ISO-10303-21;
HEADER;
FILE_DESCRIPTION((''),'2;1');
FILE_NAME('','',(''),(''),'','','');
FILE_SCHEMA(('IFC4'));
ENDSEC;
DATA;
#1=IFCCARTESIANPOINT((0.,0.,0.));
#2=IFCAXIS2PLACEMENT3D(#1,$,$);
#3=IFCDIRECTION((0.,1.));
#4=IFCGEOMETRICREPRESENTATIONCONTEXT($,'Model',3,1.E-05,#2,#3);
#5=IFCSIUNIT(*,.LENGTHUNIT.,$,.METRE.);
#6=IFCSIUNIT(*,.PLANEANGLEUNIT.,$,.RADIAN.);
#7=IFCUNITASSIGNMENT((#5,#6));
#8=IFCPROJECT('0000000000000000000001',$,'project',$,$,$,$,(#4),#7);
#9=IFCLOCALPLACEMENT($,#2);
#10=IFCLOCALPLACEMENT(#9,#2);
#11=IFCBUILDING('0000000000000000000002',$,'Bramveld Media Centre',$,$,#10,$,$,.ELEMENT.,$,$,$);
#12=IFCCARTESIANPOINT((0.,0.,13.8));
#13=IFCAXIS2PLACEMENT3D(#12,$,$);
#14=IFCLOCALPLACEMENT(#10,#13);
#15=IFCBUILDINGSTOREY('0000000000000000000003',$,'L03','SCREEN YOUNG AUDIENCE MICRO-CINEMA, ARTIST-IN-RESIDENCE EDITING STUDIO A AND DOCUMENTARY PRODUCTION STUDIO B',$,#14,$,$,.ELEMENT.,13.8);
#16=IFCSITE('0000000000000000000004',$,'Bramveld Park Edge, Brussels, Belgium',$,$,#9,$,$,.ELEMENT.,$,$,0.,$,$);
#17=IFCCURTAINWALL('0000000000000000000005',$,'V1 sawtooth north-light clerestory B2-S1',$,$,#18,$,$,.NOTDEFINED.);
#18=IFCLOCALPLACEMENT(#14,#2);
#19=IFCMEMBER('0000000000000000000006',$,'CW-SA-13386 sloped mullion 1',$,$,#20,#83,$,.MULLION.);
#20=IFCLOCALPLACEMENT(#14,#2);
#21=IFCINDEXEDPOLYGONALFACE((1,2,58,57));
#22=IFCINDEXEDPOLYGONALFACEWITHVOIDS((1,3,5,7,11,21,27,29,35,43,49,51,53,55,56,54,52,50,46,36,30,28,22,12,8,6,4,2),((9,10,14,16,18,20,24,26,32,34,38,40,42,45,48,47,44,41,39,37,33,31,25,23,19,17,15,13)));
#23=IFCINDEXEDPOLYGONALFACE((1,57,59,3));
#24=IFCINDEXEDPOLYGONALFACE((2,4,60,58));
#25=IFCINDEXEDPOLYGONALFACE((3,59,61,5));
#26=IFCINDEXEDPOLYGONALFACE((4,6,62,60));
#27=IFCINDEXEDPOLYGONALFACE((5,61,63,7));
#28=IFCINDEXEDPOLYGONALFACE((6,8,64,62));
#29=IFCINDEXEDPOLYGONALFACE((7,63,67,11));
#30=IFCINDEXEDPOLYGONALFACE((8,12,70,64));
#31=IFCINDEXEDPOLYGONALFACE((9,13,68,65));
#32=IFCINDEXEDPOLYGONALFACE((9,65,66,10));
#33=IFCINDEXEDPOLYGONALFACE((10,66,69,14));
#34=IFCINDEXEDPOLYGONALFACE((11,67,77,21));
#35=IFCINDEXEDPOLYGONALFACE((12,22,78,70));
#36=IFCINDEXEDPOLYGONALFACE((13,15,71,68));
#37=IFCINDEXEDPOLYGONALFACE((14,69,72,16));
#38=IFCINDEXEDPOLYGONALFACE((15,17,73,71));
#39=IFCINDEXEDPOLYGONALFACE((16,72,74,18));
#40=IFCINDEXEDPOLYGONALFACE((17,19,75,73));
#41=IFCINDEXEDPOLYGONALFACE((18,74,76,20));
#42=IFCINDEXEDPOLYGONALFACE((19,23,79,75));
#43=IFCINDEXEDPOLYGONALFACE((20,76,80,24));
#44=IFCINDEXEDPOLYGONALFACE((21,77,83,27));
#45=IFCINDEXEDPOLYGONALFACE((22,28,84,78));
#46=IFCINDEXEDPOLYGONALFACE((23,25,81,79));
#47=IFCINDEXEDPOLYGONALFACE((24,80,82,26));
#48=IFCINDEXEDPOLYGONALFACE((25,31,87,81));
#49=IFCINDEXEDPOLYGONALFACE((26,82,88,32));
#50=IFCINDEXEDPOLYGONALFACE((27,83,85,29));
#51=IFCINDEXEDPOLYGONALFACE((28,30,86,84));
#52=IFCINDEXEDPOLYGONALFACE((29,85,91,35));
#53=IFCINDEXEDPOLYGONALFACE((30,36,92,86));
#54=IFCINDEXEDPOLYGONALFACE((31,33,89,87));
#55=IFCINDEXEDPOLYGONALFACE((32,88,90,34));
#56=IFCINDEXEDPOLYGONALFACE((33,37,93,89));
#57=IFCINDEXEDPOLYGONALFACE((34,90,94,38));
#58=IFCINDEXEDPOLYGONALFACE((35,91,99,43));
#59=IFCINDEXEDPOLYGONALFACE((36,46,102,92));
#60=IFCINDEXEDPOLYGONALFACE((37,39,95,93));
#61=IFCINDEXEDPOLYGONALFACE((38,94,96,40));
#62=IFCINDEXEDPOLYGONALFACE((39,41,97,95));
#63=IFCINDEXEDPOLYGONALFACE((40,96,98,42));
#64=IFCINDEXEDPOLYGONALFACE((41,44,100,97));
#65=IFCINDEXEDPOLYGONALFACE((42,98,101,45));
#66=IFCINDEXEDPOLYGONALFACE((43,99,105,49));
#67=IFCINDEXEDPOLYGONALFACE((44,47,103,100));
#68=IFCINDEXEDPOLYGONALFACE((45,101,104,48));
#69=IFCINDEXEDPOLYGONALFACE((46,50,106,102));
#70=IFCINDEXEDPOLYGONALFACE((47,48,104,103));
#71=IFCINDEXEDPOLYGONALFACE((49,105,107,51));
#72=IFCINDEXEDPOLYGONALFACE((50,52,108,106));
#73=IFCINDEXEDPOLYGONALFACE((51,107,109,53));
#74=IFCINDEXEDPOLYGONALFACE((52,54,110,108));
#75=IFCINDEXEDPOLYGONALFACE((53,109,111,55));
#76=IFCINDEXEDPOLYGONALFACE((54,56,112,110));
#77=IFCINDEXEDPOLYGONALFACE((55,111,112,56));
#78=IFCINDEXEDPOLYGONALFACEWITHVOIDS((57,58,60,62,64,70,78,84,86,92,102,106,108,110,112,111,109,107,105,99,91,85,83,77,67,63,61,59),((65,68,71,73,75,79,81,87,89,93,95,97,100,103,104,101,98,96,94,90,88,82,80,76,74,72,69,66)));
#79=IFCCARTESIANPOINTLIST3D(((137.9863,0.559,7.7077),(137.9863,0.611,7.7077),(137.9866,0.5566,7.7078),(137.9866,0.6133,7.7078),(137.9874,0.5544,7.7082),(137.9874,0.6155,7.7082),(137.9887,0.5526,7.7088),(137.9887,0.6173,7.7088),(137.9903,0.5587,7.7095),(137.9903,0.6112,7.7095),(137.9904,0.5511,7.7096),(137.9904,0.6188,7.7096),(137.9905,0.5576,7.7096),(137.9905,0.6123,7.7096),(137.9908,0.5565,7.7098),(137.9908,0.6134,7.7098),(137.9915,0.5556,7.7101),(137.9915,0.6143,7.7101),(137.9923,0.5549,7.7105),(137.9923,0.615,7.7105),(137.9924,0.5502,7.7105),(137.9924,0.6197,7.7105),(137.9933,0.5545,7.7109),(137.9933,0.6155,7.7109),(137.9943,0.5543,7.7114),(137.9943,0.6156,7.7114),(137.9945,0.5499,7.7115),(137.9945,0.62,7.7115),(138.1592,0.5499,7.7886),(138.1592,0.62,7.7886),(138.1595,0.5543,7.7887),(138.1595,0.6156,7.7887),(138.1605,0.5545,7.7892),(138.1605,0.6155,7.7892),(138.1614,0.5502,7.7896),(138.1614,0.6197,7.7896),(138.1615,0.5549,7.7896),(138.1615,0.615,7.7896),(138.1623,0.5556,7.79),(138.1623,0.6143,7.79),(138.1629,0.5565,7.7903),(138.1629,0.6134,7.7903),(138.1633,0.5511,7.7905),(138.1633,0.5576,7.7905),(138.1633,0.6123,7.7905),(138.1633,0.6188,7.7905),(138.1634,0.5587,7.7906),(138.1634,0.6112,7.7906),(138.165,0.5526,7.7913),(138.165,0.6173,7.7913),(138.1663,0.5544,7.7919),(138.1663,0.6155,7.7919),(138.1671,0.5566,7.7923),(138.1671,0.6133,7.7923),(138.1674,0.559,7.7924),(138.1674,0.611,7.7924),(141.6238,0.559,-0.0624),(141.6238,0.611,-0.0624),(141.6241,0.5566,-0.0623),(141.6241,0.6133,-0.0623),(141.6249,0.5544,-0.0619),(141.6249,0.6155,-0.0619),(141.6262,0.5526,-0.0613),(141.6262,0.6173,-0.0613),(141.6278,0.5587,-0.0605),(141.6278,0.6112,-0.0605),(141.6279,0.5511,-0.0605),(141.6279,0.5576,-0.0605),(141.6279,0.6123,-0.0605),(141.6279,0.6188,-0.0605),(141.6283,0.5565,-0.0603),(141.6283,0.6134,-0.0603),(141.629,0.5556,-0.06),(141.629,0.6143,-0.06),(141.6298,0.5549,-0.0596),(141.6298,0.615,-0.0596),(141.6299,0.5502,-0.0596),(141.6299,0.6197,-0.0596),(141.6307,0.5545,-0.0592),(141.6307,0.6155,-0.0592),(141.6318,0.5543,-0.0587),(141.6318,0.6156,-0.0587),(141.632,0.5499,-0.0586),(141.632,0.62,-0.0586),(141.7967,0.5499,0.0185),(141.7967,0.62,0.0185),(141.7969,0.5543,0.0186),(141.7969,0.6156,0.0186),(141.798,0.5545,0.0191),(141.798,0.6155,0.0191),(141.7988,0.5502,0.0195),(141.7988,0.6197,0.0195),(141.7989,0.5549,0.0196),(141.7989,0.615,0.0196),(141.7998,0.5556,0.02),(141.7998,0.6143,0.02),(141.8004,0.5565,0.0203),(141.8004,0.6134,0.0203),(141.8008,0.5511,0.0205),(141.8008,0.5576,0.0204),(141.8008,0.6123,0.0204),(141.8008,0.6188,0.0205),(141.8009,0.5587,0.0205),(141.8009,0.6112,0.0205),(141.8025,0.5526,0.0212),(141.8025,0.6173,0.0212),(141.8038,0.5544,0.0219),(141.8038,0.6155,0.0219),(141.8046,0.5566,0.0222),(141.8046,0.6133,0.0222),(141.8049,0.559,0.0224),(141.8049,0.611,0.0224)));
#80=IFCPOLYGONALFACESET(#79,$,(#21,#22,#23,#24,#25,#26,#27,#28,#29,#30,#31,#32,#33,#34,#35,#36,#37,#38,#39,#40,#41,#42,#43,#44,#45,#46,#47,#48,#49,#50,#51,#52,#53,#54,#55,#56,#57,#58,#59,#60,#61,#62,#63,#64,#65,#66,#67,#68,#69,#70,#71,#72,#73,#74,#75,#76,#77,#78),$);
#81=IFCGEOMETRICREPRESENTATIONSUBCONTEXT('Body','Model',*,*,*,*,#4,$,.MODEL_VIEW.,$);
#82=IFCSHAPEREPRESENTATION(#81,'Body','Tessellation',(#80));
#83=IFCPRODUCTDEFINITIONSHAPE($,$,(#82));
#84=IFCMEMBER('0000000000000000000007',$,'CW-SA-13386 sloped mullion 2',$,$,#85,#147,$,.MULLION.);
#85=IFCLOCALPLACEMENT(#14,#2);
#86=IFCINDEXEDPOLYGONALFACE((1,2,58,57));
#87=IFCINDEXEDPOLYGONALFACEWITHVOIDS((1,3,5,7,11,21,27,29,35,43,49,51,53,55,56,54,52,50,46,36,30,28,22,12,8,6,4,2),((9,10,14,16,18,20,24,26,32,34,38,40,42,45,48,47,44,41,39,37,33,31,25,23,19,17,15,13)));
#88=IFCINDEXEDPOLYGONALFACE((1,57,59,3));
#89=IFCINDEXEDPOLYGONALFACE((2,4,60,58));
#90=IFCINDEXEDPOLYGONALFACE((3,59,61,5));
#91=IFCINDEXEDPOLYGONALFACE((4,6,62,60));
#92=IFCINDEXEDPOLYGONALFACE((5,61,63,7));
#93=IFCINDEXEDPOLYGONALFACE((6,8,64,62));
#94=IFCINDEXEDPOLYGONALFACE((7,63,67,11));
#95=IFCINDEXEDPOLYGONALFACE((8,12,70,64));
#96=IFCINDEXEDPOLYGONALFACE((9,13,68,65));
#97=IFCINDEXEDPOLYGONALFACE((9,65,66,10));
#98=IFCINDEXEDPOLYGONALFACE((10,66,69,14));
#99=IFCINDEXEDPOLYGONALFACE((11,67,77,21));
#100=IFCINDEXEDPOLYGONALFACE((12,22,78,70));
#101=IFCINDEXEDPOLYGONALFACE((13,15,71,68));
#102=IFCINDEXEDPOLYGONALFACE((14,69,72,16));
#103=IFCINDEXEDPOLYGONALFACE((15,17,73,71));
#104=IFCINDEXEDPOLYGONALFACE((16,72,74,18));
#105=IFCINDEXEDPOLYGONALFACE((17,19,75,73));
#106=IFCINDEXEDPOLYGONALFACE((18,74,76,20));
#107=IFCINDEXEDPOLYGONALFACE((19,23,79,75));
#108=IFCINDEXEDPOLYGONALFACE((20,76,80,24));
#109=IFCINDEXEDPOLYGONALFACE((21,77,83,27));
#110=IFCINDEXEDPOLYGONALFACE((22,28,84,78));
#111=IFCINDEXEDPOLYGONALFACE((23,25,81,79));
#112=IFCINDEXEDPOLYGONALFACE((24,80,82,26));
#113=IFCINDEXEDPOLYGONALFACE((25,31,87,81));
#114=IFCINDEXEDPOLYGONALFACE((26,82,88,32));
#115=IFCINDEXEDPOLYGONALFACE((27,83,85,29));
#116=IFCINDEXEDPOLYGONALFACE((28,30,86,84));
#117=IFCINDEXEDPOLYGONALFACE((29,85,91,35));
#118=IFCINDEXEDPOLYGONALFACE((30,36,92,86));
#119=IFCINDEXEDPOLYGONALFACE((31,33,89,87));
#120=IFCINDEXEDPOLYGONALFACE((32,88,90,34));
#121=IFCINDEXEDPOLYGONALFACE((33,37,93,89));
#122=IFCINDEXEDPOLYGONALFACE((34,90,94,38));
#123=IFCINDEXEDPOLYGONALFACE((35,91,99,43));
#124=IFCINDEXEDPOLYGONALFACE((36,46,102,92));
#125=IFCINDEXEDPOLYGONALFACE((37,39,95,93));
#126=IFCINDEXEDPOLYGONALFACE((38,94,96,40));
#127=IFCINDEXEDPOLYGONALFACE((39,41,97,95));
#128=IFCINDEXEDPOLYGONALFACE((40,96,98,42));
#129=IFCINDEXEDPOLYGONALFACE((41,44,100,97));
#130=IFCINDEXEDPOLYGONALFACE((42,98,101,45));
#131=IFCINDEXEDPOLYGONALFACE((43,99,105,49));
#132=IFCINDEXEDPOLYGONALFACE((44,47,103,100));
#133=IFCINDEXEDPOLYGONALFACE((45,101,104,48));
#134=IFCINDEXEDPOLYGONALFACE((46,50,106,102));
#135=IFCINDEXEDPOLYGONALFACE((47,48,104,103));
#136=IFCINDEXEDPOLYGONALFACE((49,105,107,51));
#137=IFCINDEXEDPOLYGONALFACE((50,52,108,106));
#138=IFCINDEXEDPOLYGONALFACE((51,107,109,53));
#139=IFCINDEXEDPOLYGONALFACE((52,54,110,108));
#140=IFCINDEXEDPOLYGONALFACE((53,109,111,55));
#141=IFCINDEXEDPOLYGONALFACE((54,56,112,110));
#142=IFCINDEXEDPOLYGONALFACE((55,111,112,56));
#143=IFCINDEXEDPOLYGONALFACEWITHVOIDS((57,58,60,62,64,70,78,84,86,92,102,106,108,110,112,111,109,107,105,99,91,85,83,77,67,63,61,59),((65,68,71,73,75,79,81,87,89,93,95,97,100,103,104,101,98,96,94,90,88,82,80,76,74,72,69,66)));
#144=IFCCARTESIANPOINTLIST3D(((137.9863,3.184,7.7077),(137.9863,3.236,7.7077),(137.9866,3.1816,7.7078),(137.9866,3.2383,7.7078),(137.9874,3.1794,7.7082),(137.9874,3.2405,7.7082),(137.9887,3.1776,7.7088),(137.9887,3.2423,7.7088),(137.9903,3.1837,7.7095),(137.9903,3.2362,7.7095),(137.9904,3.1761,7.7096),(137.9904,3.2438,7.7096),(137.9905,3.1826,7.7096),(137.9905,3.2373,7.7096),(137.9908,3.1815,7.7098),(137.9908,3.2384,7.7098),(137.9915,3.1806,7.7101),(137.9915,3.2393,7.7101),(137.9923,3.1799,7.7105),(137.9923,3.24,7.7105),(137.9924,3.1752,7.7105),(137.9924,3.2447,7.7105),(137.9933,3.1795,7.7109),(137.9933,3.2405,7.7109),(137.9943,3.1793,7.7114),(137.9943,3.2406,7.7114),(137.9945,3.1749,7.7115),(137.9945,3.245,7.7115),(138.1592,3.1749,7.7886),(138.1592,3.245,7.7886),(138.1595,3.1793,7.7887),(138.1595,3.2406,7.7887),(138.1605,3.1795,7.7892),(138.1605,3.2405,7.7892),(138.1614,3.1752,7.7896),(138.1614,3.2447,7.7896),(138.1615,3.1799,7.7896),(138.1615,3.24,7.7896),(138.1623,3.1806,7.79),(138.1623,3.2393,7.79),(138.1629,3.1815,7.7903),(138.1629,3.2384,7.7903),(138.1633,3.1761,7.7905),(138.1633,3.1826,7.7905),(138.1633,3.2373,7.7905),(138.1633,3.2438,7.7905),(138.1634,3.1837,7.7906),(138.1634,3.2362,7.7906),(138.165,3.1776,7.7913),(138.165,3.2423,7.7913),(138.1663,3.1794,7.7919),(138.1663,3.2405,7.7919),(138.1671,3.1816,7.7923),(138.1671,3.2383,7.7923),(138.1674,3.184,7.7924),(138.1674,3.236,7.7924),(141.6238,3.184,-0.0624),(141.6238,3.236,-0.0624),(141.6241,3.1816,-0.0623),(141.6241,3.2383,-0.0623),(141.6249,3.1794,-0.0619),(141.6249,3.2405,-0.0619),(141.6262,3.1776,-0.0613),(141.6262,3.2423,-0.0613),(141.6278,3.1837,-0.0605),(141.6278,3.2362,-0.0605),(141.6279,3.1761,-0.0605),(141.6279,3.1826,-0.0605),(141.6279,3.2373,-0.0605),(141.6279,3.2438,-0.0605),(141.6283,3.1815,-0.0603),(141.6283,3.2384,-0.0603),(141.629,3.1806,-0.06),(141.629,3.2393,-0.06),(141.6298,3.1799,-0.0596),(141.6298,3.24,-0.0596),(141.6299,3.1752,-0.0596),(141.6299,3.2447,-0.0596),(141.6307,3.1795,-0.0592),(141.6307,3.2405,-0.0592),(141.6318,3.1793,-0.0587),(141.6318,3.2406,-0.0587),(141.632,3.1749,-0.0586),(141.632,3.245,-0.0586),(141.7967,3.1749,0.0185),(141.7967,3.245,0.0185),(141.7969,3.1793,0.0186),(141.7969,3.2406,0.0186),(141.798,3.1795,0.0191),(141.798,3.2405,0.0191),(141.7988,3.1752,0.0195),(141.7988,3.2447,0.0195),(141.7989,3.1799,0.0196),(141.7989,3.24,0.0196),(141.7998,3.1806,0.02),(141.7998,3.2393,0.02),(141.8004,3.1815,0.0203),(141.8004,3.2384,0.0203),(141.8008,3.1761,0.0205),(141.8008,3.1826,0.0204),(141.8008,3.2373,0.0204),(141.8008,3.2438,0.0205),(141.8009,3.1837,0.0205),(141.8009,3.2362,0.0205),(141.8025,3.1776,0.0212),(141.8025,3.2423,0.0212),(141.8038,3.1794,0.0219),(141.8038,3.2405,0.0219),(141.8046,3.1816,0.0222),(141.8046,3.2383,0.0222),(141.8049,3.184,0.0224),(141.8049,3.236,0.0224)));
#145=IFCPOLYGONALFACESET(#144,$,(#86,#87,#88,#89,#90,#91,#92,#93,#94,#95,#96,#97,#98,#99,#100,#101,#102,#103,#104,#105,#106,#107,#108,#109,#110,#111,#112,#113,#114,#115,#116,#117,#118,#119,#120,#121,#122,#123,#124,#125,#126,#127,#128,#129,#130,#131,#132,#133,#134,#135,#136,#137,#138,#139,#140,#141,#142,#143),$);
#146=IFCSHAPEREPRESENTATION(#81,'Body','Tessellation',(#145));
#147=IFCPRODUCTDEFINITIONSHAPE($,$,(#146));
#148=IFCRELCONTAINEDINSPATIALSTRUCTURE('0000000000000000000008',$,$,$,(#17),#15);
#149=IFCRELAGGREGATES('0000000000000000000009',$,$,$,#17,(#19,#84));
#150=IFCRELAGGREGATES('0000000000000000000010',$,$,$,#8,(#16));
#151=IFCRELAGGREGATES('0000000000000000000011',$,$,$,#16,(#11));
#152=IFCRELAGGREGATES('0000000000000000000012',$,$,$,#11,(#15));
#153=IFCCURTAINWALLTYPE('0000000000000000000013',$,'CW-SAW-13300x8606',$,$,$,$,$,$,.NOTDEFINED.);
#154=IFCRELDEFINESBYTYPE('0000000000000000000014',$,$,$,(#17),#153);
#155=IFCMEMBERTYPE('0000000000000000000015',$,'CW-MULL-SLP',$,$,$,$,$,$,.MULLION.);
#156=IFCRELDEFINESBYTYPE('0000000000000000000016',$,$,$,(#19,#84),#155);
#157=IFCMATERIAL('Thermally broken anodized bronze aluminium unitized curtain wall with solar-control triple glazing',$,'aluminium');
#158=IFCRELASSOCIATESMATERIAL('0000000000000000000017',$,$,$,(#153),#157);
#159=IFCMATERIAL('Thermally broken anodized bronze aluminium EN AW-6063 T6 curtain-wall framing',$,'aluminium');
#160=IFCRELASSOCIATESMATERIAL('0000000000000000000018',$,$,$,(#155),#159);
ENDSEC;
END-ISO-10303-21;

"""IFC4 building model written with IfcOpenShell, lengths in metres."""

from ifc_helpers import new_model, si_unit, direction, frame, origin, origin_2d, place, context, subcontext, project, spatial, hollow_rectangle, extrude, material, material_profile, profile_set, type_object, element, aggregate, save


model = new_model("IFC4")

# Units and contexts
model_context = context("Model", 3, precision=1e-05, world=origin(), true_north=direction((0.0, 1.0)))
body_context = subcontext(model_context, "Body", "Model", "MODEL_VIEW")
ifc_project = project(units=[si_unit("LENGTHUNIT", "METRE"), si_unit("PLANEANGLEUNIT", "RADIAN")], contexts=[model_context])

# Site, building, storey
site_placement = place(None, origin())
site = spatial("IfcSite", under=ifc_project, at=site_placement, Name="Bramveld Park Edge, Brussels, Belgium", CompositionType="ELEMENT", RefElevation=0.0)
building_placement = place(site_placement, origin())
building = spatial("IfcBuilding", under=site, at=building_placement, Name="Bramveld Media Centre", CompositionType="ELEMENT")
storey_placement = place(building_placement, frame((0.0, 0.0, 13.8)))
storey = spatial("IfcBuildingStorey", under=building, at=storey_placement, Name="L03", Description="SCREEN YOUNG AUDIENCE MICRO-CINEMA, ARTIST-IN-RESIDENCE EDITING STUDIO A AND DOCUMENTARY PRODUCTION STUDIO B", CompositionType="ELEMENT", Elevation=13.8)

# Curtain wall, members
ifc_material_1 = material(Name="Thermally broken anodized bronze aluminium unitized curtain wall with solar-control triple glazing", Category="aluminium")
curtain_wall_type = type_object("IfcCurtainWallType", Name="CW-SAW-13300x8606", PredefinedType="NOTDEFINED", material=ifc_material_1)
curtain_wall_1_placement = place(storey_placement, origin())
curtain_wall_1 = element("IfcCurtainWall", 1, at=curtain_wall_1_placement, inside=storey, type_object=curtain_wall_type, Name="V1 sawtooth north-light clerestory B2-S1", PredefinedType="NOTDEFINED")
ifc_material_2 = material(Name="Thermally broken anodized bronze aluminium EN AW-6063 T6 curtain-wall framing", Category="aluminium")
ifc_material_profile_1 = material_profile(ifc_material_2, hollow_rectangle(XDim=0.0701, YDim=0.2, WallThickness=0.0044, InnerFilletRadius=0.0044, OuterFilletRadius=0.009, at=origin_2d()), Name="AL-MULL 70x200")
ifc_profile_set_1 = profile_set([ifc_material_profile_1], Name="Thermally broken anodized bronze aluminium EN AW-6063 T6 curtain-wall framing")
member_type_1 = type_object("IfcMemberType", Name="CW-MULL-SLP", PredefinedType="MULLION", material=ifc_profile_set_1)
member_1_placement = place(storey_placement, frame((141.7144, 0.585, -0.02), z_axis=(-0.42398, 0.0, 0.905671), x_axis=(0.0, -1.0, 0.0)))
member_1 = element("IfcMember", 2, at=member_1_placement, type_object=member_type_1, Name="CW-SA-13386 sloped mullion 1", PredefinedType="MULLION", context=body_context, shape_type="SweptSolid", body=[
    extrude(hollow_rectangle(XDim=0.0701, YDim=0.2, WallThickness=0.0044, InnerFilletRadius=0.0044, OuterFilletRadius=0.009, at=origin_2d()), origin(), (0.0, 0.0, 1.0), 8.5793),
])
member_2_placement = place(storey_placement, frame((141.7144, 3.21, -0.02), z_axis=(-0.42398, 0.0, 0.905671), x_axis=(0.0, -1.0, 0.0)))
member_2 = element("IfcMember", 3, at=member_2_placement, type_object=member_type_1, Name="CW-SA-13386 sloped mullion 2", PredefinedType="MULLION", context=body_context, shape_type="SweptSolid", body=[
    extrude(hollow_rectangle(XDim=0.0701, YDim=0.2, WallThickness=0.0044, InnerFilletRadius=0.0044, OuterFilletRadius=0.009, at=origin_2d()), origin(), (0.0, 0.0, 1.0), 8.5793),
])
aggregate(curtain_wall_1, [member_1, member_2])

save(model, "model.ifc")
